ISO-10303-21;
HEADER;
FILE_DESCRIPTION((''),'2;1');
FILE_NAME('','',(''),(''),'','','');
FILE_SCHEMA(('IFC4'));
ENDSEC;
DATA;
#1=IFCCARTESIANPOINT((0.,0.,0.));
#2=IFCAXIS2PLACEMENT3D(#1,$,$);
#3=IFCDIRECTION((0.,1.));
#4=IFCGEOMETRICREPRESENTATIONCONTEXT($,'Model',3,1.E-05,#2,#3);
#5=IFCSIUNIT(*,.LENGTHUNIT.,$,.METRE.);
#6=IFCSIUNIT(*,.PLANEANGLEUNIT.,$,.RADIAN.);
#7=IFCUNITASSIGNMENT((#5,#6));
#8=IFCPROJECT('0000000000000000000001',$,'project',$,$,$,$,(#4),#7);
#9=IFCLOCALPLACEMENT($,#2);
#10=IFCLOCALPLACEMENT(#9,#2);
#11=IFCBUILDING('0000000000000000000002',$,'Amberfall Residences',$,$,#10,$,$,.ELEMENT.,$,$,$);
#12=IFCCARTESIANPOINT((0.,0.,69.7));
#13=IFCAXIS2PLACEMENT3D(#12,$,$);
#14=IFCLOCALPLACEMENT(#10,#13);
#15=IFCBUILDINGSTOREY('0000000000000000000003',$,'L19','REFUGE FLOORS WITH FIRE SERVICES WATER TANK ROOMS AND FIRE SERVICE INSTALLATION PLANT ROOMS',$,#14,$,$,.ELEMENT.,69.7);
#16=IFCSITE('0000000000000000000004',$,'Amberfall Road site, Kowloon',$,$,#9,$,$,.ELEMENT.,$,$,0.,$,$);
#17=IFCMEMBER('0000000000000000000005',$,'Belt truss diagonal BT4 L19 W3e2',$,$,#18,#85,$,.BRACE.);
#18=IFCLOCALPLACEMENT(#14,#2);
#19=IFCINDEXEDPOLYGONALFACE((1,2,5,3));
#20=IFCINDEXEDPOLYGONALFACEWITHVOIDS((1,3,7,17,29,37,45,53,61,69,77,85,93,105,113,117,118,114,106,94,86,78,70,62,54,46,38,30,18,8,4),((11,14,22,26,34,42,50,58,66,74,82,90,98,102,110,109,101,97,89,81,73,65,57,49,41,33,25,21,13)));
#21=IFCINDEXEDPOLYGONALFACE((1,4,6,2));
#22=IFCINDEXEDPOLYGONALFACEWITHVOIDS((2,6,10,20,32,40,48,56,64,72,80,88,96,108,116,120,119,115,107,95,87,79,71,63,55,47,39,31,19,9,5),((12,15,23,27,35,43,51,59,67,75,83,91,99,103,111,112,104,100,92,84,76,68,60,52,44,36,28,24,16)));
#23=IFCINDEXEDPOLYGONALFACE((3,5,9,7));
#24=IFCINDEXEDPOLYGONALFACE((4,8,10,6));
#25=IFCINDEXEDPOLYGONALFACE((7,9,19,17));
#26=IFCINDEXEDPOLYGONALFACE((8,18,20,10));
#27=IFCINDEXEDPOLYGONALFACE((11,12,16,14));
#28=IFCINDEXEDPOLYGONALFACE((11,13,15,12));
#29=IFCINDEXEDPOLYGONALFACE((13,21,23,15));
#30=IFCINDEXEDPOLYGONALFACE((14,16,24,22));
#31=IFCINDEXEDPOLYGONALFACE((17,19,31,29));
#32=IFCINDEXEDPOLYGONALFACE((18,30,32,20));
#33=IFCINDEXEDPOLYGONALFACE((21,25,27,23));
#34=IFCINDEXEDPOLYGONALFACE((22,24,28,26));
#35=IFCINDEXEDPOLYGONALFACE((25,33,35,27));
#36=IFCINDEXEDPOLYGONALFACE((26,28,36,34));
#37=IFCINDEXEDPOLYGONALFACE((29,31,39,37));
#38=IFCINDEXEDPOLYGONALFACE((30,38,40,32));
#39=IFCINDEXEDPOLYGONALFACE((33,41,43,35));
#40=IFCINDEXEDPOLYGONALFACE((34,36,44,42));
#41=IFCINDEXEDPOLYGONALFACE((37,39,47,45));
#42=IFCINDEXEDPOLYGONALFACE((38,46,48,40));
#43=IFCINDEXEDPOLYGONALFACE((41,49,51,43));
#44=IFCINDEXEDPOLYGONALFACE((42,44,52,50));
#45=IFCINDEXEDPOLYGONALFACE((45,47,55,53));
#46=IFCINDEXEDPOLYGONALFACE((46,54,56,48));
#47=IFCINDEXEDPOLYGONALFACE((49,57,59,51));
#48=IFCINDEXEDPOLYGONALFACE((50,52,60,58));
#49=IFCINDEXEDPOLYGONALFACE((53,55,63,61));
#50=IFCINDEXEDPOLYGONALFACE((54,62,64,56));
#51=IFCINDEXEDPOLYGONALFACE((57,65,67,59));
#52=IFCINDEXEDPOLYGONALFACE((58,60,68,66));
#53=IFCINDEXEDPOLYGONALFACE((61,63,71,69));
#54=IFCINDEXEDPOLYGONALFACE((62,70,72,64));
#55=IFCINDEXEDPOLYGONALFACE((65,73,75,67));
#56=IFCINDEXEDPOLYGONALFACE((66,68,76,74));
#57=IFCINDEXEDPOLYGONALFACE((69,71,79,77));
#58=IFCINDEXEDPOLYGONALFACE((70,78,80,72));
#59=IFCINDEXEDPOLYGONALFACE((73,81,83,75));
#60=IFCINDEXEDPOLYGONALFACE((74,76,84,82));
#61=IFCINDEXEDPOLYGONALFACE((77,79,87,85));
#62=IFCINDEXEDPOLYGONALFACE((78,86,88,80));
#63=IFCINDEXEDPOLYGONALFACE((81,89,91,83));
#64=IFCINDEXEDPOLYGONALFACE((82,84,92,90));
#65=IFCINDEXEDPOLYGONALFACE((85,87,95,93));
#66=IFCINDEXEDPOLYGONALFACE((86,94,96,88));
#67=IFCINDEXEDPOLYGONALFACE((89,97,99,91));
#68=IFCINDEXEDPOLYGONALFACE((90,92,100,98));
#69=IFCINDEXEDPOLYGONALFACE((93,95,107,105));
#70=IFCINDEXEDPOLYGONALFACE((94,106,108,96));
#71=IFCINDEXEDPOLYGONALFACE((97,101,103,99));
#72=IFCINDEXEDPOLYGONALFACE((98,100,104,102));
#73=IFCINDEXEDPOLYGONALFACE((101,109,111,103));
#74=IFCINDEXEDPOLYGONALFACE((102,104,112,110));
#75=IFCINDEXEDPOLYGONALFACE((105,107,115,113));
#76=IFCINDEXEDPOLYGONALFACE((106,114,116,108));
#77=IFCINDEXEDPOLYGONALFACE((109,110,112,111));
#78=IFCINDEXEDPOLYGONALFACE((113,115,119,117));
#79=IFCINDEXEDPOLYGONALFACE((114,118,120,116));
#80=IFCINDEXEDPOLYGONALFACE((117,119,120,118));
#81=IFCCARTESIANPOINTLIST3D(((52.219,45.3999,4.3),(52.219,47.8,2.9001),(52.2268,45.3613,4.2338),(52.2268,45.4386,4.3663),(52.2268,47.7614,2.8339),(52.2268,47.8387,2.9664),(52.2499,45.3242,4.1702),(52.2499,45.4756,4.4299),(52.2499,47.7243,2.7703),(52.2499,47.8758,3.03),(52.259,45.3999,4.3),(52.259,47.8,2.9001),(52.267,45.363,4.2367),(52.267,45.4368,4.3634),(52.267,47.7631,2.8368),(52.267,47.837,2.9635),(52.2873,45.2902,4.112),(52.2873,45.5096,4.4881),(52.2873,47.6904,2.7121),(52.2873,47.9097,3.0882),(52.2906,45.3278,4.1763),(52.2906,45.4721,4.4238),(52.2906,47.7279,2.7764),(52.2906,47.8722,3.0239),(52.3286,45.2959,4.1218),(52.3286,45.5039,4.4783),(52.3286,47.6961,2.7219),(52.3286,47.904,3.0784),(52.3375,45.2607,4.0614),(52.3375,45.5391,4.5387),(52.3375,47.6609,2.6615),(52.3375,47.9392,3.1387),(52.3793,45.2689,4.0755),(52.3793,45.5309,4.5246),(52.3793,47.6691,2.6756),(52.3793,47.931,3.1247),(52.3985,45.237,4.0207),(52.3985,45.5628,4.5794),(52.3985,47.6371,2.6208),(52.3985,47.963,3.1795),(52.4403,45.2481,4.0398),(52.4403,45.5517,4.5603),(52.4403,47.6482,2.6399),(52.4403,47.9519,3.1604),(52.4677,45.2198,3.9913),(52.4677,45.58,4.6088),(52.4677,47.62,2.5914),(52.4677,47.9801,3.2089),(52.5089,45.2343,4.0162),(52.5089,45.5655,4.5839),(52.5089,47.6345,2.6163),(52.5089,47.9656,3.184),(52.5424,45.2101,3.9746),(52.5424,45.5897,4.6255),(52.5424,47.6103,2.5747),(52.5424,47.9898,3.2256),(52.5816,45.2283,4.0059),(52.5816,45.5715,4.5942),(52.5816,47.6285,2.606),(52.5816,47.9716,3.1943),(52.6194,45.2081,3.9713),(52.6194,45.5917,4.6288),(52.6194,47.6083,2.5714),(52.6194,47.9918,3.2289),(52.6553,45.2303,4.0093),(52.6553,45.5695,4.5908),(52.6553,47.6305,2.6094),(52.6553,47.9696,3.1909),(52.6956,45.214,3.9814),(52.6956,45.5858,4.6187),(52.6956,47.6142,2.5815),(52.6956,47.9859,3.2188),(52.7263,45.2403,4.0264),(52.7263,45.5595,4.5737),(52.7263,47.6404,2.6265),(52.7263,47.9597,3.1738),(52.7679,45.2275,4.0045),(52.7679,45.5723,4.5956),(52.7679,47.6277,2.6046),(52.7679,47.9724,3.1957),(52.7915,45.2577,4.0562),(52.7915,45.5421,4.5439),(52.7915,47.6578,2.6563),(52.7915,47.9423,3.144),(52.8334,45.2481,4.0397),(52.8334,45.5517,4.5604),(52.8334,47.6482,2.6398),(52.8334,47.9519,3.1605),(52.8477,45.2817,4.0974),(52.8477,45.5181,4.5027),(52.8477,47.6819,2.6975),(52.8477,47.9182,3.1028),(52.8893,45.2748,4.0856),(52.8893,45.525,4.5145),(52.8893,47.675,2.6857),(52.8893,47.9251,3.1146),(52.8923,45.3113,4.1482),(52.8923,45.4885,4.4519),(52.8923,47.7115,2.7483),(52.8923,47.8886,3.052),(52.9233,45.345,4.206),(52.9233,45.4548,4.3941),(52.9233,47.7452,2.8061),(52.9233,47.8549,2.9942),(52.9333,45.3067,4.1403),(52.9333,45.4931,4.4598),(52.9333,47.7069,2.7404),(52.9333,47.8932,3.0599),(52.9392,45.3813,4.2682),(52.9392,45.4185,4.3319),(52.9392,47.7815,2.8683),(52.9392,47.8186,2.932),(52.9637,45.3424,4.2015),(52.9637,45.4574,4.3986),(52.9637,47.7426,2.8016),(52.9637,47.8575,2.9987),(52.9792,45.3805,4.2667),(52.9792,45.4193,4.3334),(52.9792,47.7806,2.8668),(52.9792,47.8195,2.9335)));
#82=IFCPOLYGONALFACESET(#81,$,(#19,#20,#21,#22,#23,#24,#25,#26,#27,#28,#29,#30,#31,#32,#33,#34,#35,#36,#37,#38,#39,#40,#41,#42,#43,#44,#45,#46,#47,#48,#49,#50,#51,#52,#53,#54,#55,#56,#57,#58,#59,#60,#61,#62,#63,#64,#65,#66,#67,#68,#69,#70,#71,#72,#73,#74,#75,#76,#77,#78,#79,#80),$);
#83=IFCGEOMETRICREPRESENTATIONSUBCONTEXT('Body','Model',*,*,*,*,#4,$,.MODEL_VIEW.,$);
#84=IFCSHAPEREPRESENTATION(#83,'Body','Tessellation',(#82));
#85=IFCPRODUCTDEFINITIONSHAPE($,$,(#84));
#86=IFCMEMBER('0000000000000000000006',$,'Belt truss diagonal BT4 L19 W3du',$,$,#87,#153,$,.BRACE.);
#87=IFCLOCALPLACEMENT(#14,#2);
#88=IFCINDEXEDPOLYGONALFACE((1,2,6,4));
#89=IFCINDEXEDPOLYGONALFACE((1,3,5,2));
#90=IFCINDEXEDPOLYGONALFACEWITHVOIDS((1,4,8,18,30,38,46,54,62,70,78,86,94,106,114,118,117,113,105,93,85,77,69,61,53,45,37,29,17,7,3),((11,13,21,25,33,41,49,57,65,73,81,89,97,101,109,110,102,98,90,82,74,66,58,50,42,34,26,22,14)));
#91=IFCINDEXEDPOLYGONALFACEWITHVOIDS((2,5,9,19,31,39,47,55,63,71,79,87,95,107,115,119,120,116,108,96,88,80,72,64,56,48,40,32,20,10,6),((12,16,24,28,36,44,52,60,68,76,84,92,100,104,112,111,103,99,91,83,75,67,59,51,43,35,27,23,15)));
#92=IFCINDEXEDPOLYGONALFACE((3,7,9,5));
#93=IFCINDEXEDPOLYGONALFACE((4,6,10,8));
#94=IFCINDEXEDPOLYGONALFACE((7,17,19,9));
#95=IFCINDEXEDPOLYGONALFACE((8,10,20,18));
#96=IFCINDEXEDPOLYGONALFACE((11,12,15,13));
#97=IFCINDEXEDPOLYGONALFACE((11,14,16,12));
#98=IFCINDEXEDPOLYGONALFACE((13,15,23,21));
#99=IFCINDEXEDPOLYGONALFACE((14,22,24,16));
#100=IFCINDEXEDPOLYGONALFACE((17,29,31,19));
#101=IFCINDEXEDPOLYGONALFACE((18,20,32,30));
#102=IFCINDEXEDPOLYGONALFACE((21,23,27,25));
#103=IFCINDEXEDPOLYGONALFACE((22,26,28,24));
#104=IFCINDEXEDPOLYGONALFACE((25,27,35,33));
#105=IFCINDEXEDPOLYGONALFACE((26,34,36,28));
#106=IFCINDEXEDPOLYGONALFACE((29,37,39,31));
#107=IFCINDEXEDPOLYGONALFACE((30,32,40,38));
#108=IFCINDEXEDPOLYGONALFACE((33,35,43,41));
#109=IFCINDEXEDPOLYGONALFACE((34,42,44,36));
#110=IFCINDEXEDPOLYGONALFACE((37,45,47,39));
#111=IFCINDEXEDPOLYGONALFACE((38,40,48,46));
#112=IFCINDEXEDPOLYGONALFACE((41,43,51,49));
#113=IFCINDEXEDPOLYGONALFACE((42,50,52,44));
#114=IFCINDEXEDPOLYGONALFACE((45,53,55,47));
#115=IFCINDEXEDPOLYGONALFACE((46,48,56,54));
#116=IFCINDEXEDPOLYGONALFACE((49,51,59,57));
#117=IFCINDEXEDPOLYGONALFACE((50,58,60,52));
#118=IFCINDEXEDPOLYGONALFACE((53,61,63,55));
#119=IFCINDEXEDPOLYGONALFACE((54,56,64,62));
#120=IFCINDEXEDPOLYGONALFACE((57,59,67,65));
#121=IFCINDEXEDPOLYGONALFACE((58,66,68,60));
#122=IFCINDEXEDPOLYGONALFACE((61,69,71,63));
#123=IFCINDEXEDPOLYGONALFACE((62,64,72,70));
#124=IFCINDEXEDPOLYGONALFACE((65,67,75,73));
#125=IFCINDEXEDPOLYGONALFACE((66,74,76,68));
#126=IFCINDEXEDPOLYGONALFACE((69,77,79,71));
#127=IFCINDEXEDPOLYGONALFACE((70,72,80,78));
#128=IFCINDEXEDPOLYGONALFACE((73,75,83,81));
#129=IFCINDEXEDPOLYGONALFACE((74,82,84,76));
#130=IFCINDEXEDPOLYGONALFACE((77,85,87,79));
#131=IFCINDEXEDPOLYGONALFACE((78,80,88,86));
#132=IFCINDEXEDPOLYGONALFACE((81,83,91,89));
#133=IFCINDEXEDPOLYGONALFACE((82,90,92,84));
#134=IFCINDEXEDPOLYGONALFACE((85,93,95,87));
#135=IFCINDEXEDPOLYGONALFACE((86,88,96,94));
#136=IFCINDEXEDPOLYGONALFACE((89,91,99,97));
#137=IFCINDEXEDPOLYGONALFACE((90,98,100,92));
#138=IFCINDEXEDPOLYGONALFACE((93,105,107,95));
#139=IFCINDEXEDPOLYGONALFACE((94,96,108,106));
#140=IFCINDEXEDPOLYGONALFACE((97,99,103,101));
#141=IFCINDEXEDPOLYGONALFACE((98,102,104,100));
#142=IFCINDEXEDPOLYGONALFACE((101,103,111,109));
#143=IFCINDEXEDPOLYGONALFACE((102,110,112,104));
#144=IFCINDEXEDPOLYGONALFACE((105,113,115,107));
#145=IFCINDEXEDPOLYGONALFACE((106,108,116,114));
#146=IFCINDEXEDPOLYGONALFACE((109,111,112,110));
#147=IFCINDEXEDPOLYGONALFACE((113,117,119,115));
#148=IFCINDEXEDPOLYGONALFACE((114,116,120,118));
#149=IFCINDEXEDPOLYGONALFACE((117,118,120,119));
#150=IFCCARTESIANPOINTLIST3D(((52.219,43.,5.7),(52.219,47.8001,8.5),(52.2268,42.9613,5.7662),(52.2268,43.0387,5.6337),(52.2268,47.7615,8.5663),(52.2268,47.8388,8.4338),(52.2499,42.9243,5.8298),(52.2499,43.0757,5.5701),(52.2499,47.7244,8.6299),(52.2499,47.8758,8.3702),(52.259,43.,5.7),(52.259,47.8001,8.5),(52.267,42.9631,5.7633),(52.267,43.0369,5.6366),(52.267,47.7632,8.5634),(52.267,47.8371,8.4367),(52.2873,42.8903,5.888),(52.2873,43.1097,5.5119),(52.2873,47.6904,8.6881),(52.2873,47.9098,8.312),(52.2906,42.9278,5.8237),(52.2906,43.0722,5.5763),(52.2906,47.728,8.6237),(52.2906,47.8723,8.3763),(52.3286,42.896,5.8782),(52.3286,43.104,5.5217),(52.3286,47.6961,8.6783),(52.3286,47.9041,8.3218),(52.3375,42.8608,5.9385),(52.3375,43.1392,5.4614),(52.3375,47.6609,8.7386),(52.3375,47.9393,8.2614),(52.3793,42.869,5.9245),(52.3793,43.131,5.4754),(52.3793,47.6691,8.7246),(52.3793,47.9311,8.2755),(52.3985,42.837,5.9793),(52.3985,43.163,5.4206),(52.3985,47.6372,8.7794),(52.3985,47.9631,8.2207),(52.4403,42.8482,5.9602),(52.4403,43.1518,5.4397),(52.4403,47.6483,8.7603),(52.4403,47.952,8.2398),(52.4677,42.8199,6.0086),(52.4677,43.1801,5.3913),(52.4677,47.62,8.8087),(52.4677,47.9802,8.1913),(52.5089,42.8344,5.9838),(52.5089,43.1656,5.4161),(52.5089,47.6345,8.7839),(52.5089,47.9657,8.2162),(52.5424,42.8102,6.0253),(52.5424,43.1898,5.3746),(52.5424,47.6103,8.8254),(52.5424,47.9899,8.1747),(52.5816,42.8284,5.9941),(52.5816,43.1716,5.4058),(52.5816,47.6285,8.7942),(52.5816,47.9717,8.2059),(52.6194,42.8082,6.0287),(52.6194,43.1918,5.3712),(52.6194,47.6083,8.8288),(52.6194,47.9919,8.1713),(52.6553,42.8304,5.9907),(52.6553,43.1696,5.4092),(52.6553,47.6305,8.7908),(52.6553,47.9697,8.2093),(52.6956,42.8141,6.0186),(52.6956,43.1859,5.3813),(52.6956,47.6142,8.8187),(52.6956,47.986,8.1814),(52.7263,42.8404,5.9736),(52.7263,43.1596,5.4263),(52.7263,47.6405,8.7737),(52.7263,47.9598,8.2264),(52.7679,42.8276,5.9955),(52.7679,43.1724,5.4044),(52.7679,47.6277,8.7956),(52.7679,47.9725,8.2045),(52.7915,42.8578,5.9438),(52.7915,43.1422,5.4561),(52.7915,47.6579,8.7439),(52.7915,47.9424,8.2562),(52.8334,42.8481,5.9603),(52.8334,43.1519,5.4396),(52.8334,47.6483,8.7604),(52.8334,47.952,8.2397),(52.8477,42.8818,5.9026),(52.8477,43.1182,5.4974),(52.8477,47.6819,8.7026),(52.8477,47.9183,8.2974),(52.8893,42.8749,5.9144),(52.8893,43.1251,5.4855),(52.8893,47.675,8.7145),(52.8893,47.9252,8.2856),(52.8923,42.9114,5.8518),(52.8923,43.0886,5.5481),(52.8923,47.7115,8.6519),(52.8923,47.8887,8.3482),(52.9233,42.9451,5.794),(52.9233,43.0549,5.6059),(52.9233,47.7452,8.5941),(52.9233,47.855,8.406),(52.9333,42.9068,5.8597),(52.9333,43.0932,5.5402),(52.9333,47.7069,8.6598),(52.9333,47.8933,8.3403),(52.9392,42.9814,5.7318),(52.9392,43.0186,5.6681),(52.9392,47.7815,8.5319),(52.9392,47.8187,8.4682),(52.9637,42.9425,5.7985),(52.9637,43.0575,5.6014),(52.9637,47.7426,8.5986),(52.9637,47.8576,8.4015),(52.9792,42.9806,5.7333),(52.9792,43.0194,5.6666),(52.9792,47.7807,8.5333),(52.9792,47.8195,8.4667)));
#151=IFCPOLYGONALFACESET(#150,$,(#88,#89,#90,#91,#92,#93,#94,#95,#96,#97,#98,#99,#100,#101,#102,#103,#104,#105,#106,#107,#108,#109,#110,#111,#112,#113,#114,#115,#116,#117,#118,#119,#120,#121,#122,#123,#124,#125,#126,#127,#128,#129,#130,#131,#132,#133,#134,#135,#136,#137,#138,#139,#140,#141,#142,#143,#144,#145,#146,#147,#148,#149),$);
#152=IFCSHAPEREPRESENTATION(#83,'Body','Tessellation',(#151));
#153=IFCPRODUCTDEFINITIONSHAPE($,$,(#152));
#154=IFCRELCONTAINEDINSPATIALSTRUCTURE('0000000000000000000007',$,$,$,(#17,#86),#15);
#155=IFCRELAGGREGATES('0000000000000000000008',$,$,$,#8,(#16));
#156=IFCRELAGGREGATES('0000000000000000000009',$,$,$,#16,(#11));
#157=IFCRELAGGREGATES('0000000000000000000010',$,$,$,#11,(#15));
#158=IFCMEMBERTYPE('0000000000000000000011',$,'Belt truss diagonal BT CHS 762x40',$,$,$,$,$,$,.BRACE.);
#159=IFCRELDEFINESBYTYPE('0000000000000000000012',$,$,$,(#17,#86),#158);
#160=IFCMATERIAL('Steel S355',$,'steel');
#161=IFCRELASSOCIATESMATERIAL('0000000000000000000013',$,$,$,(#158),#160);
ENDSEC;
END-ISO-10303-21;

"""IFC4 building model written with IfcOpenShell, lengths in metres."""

from ifc_helpers import new_model, si_unit, direction, frame, origin, origin_2d, place, context, subcontext, project, spatial, hollow_circle, extrude, material, material_profile, profile_set, type_object, element, save


model = new_model("IFC4")

# Units and contexts
model_context = context("Model", 3, precision=1e-05, world=origin(), true_north=direction((0.0, 1.0)))
body_context = subcontext(model_context, "Body", "Model", "MODEL_VIEW")
ifc_project = project(units=[si_unit("LENGTHUNIT", "METRE"), si_unit("PLANEANGLEUNIT", "RADIAN")], contexts=[model_context])

# Site, building, storey
site_placement = place(None, origin())
site = spatial("IfcSite", under=ifc_project, at=site_placement, Name="Amberfall Road site, Kowloon", CompositionType="ELEMENT", RefElevation=0.0)
building_placement = place(site_placement, origin())
building = spatial("IfcBuilding", under=site, at=building_placement, Name="Amberfall Residences", CompositionType="ELEMENT")
storey_placement = place(building_placement, frame((0.0, 0.0, 69.7)))
storey = spatial("IfcBuildingStorey", under=building, at=storey_placement, Name="L19", Description="REFUGE FLOORS WITH FIRE SERVICES WATER TANK ROOMS AND FIRE SERVICE INSTALLATION PLANT ROOMS", CompositionType="ELEMENT", Elevation=69.7)

# Shared definitions
ifc_material_1 = material(Name="Steel S355", Category="steel")

# Members
ifc_material_profile_1 = material_profile(ifc_material_1, hollow_circle(Radius=0.3811, WallThickness=0.04, at=origin_2d()), Name="CHS 762x40")
ifc_profile_set_1 = profile_set([ifc_material_profile_1], Name="Steel S355")
member_type_1 = type_object("IfcMemberType", Name="Belt truss diagonal BT CHS 762x40", PredefinedType="BRACE", material=ifc_profile_set_1)
member_1_placement = place(storey_placement, frame((52.6001, 45.3999, 4.3), z_axis=(0.0, 0.863808, -0.503822), x_axis=(-1.0, 0.0, 0.0)))
element("IfcMember", 1, at=member_1_placement, inside=storey, type_object=member_type_1, Name="Belt truss diagonal BT4 L19 W3e2", PredefinedType="BRACE", context=body_context, shape_type="SweptSolid", body=[
    extrude(hollow_circle(Radius=0.3811, WallThickness=0.04, at=origin_2d()), origin(), (0.0, 0.0, 1.0), 2.7786),
])
member_2_placement = place(storey_placement, frame((52.6001, 43.0, 5.7), z_axis=(0.0, 0.863777, 0.503874), x_axis=(-1.0, 0.0, 0.0)))
element("IfcMember", 2, at=member_2_placement, inside=storey, type_object=member_type_1, Name="Belt truss diagonal BT4 L19 W3du", PredefinedType="BRACE", context=body_context, shape_type="SweptSolid", body=[
    extrude(hollow_circle(Radius=0.3811, WallThickness=0.04, at=origin_2d()), origin(), (0.0, 0.0, 1.0), 5.5571),
])

save(model, "model.ifc")
